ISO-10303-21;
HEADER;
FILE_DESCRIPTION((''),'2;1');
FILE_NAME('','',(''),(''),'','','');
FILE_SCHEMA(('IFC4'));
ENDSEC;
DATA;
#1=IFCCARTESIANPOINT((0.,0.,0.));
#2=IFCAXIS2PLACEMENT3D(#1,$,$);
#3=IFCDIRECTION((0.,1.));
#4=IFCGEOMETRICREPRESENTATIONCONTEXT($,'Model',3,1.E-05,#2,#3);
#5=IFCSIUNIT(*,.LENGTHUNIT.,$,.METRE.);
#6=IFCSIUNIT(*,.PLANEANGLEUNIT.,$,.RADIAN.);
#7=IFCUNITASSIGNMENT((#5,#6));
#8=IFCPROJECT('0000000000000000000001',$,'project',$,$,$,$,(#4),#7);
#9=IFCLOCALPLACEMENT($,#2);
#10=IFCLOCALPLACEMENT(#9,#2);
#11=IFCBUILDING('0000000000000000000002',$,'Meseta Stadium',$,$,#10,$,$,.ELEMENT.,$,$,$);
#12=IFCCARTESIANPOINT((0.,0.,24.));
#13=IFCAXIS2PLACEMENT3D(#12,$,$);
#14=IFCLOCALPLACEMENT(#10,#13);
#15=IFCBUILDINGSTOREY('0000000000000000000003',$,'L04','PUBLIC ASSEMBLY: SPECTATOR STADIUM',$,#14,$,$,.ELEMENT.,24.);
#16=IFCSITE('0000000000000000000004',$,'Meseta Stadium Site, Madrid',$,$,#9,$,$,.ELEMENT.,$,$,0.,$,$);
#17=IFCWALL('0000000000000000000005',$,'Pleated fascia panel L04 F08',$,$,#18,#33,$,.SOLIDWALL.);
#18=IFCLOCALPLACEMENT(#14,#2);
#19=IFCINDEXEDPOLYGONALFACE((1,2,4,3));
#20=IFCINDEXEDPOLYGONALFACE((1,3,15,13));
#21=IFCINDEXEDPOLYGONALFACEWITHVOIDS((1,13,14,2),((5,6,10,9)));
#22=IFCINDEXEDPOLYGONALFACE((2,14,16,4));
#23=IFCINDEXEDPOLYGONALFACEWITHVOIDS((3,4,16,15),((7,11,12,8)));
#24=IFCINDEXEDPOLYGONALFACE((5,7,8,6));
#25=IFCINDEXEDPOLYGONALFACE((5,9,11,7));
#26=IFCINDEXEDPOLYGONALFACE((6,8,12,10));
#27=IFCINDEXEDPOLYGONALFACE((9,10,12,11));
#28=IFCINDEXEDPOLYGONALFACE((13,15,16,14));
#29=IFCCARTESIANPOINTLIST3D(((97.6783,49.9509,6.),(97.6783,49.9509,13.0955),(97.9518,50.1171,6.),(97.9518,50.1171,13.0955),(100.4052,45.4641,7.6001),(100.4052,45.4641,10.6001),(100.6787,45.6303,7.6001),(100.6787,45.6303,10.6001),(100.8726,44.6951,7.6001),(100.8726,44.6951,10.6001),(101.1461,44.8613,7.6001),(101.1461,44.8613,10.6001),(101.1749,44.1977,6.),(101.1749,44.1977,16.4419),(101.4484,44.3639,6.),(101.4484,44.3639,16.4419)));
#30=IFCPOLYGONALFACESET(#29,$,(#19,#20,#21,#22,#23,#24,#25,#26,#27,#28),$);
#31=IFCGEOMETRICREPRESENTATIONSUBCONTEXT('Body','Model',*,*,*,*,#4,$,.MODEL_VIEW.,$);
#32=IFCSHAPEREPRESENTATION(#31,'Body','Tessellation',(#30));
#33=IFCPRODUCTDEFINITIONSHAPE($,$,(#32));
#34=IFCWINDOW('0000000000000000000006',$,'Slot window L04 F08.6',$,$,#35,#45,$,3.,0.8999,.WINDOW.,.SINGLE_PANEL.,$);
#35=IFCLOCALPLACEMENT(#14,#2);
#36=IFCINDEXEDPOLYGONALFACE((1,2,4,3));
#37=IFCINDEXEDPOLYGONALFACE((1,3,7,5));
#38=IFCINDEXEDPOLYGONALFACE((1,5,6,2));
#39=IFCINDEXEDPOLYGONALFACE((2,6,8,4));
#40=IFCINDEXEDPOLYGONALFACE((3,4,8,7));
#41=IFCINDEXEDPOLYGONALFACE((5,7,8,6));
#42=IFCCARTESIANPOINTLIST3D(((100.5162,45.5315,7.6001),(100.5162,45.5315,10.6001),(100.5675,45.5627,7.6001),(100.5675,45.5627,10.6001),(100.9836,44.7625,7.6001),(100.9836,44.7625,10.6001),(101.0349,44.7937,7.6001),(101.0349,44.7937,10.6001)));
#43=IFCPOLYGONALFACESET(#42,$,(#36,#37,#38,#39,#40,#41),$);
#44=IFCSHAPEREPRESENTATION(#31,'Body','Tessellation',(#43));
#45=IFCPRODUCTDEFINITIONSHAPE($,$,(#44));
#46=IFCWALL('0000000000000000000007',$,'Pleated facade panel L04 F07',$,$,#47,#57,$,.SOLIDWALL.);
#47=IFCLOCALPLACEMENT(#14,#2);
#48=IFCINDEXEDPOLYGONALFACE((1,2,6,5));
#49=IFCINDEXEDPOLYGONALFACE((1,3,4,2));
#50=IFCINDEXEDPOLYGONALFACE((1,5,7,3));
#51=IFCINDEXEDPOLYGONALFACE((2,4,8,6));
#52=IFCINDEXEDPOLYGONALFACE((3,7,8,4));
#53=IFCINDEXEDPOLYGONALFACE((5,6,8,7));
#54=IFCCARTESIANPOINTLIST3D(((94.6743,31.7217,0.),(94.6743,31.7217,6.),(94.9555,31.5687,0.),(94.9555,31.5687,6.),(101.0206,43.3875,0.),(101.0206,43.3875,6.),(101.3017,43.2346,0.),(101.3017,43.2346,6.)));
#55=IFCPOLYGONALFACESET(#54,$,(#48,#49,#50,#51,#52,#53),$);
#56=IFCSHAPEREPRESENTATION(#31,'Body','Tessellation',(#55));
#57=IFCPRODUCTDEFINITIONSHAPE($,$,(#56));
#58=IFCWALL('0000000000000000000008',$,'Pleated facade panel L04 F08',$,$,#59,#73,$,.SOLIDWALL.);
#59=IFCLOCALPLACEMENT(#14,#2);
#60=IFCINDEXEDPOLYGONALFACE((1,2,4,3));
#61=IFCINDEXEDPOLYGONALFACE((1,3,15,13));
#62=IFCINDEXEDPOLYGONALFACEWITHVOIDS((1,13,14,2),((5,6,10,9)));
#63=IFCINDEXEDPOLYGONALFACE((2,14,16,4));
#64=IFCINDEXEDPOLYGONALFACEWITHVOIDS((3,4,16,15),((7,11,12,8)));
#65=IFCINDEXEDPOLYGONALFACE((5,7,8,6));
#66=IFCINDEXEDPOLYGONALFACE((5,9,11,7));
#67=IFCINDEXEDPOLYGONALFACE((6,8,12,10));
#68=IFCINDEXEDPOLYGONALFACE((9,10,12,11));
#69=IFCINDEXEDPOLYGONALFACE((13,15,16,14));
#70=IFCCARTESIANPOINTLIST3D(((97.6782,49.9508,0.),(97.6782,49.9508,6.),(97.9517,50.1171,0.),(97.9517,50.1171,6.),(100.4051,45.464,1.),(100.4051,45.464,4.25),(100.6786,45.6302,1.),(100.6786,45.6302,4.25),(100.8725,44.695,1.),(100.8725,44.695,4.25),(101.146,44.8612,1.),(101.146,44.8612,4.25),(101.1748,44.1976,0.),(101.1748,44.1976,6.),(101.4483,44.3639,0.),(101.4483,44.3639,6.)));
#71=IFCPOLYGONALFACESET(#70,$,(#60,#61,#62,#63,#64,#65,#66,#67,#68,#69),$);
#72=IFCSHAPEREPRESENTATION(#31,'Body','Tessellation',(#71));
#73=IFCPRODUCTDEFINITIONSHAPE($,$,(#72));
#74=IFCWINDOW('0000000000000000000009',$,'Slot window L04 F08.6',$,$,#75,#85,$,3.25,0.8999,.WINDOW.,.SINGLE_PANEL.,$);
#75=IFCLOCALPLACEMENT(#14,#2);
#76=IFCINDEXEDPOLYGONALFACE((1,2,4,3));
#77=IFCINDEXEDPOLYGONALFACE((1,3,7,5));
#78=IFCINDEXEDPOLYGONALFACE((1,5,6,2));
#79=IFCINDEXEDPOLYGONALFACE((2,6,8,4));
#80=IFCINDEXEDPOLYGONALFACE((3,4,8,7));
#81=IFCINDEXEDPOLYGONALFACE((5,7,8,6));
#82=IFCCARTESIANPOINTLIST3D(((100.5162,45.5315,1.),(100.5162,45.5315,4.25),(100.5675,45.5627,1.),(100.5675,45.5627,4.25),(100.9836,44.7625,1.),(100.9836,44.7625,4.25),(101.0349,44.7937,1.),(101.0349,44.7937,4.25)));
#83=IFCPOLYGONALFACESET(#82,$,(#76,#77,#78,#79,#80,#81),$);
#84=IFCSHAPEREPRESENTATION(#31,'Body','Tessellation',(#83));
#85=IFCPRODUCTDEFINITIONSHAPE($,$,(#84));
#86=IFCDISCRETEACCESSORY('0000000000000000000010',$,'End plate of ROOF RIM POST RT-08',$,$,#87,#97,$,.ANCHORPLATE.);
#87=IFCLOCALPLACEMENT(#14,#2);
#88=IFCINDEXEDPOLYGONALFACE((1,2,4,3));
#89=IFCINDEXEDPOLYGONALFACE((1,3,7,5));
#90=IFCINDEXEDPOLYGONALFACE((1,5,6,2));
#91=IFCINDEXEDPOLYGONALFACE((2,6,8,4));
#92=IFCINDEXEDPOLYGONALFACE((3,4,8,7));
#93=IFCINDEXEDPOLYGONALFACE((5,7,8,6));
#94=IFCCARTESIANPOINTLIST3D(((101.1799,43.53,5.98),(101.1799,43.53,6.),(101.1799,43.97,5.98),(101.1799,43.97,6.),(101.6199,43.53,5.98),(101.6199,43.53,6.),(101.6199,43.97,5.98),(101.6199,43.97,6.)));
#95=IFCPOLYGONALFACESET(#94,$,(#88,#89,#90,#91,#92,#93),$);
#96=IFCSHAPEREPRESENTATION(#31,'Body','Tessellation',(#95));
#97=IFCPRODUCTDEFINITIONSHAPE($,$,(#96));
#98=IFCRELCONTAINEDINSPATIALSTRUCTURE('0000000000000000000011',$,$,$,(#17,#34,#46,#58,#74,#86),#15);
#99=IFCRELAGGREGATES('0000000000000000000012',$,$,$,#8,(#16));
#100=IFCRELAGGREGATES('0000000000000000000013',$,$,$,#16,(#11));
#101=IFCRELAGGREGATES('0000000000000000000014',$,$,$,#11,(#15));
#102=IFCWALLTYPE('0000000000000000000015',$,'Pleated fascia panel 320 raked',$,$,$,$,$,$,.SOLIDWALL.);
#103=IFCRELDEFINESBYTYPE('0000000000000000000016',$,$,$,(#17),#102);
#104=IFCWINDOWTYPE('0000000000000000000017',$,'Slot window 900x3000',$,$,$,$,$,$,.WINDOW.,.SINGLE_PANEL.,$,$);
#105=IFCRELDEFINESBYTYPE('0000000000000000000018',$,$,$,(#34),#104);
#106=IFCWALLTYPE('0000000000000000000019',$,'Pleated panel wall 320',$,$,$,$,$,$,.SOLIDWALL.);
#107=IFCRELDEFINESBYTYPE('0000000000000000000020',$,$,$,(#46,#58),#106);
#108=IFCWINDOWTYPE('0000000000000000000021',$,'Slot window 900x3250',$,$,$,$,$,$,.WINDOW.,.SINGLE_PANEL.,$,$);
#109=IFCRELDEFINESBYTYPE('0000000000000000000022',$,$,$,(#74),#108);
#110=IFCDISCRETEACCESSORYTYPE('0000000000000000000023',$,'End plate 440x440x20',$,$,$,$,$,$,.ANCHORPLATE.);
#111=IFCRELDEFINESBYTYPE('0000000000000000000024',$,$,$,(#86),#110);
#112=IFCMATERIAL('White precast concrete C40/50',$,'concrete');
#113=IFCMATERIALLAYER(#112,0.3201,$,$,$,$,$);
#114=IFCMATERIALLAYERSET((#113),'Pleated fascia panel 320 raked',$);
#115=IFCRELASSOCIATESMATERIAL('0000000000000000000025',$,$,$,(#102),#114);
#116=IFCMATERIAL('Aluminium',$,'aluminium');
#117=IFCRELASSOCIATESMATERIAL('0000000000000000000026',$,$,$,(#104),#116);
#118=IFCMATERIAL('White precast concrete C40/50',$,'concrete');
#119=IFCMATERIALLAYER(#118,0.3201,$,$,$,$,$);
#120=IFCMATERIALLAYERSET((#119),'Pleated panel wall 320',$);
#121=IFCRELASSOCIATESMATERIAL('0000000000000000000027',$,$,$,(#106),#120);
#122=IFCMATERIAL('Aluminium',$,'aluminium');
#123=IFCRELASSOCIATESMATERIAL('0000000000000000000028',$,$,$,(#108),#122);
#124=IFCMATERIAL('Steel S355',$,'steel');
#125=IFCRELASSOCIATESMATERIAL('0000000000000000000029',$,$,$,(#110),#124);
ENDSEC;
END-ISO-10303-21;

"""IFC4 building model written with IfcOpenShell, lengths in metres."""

from ifc_helpers import new_model, si_unit, direction, frame, frame_2d, origin, origin_2d, place, context, subcontext, project, spatial, polyline, rectangle, outline, extrude, material, layer, layer_set, material_profile, profile_set, type_object, element, fill, save


model = new_model("IFC4")

# Units and contexts
model_context = context("Model", 3, precision=1e-05, world=origin(), true_north=direction((0.0, 1.0)))
body_context = subcontext(model_context, "Body", "Model", "MODEL_VIEW")
ifc_project = project(units=[si_unit("LENGTHUNIT", "METRE"), si_unit("PLANEANGLEUNIT", "RADIAN")], contexts=[model_context])

# Site, building, storey
site_placement = place(None, origin())
site = spatial("IfcSite", under=ifc_project, at=site_placement, Name="Meseta Stadium Site, Madrid", CompositionType="ELEMENT", RefElevation=0.0)
building_placement = place(site_placement, origin())
building = spatial("IfcBuilding", under=site, at=building_placement, Name="Meseta Stadium", CompositionType="ELEMENT")
storey_placement = place(building_placement, frame((0.0, 0.0, 24.0)))
storey = spatial("IfcBuildingStorey", under=building, at=storey_placement, Name="L04", Description="PUBLIC ASSEMBLY: SPECTATOR STADIUM", CompositionType="ELEMENT", Elevation=24.0)

# Shared definitions
ifc_material_1 = material(Name="White precast concrete C40/50", Category="concrete")
ifc_layer_1 = layer(ifc_material_1, 0.3201)
ifc_layer_set_1 = layer_set([ifc_layer_1], Name="Pleated fascia panel 320 raked")
wall_type_1 = type_object("IfcWallType", Name="Pleated fascia panel 320 raked", PredefinedType="SOLIDWALL", material=ifc_layer_set_1)

# Wall, opening, window
wall_1_placement = place(storey_placement, frame((97.8149, 50.0339, 6.0), z_axis=(0.0, 0.0, 1.0), x_axis=(0.519367, -0.854551, 0.0)))
wall_1 = element("IfcWall", 1, at=wall_1_placement, inside=storey, type_object=wall_type_1, Name="Pleated fascia panel L04 F08", PredefinedType="SOLIDWALL", context=body_context, shape_type="SweptSolid", body=[
    extrude(outline(polyline([(0.0, 0.0), (6.7324, 0.0), (6.7324, 10.4419), (0.0, 7.0955), (0.0, 0.0)])), frame((0.0, 0.1602, 0.0), z_axis=(0.0, -1.0, 0.0), x_axis=(1.0, 0.0, 0.0)), (0.0, 0.0, 1.0), 0.3201),
])
opening_1_placement = place(wall_1_placement, frame((5.2505, 0.0, 1.6001)))
opening_1 = element("IfcOpeningElement", 2, at=opening_1_placement, cuts=wall_1, PredefinedType="OPENING", context=body_context, shape_type="SweptSolid", body=[
    extrude(rectangle(XDim=0.8999, YDim=3.0, at=frame_2d((0.45, 1.5))), frame((0.0, 0.1699, 0.0), z_axis=(0.0, -1.0, 0.0), x_axis=(1.0, 0.0, 0.0)), (0.0, 0.0, 1.0), 0.3401),
])
ifc_material_2 = material(Name="Aluminium", Category="aluminium")
window_type_1 = type_object("IfcWindowType", Name="Slot window 900x3000", PartitioningType="SINGLE_PANEL", PredefinedType="WINDOW", material=ifc_material_2)
window_1_placement = place(opening_1_placement, origin())
window_1 = element("IfcWindow", 3, at=window_1_placement, inside=storey, type_object=window_type_1, Name="Slot window L04 F08.6", OverallHeight=3.0, OverallWidth=0.8999, PartitioningType="SINGLE_PANEL", PredefinedType="WINDOW", context=body_context, shape_type="SweptSolid", body=[
    extrude(rectangle(XDim=0.8999, YDim=3.0, at=frame_2d((0.45, 1.5))), frame((0.0, 0.03, 0.0), z_axis=(0.0, -1.0, 0.0), x_axis=(1.0, 0.0, 0.0)), (0.0, 0.0, 1.0), 0.0601),
])
fill(opening_1, window_1)

# Wall
ifc_material_3 = material(Name="White precast concrete C40/50", Category="concrete")
ifc_layer_2 = layer(ifc_material_3, 0.3201)
ifc_layer_set_2 = layer_set([ifc_layer_2], Name="Pleated panel wall 320")
wall_type_2 = type_object("IfcWallType", Name="Pleated panel wall 320", PredefinedType="SOLIDWALL", material=ifc_layer_set_2)
wall_2_placement = place(storey_placement, frame((101.1611, 43.311, 0.0), z_axis=(0.0, 0.0, 1.0), x_axis=(-0.477868, -0.878432, 0.0)))
element("IfcWall", 4, at=wall_2_placement, inside=storey, type_object=wall_type_2, Name="Pleated facade panel L04 F07", PredefinedType="SOLIDWALL", context=body_context, shape_type="SweptSolid", body=[
    extrude(rectangle(XDim=13.2803, YDim=0.3201, at=frame_2d((6.6401, 0.0))), origin(), (0.0, 0.0, 1.0), 6.0),
])

# Wall, opening, window
wall_3_placement = place(storey_placement, frame((97.8149, 50.0339, 0.0), z_axis=(0.0, 0.0, 1.0), x_axis=(0.519367, -0.854551, 0.0)))
wall_3 = element("IfcWall", 5, at=wall_3_placement, inside=storey, type_object=wall_type_2, Name="Pleated facade panel L04 F08", PredefinedType="SOLIDWALL", context=body_context, shape_type="SweptSolid", body=[
    extrude(rectangle(XDim=6.7324, YDim=0.3201, at=frame_2d((3.3662, 0.0))), origin(), (0.0, 0.0, 1.0), 6.0),
])
opening_2_placement = place(wall_3_placement, frame((5.2505, 0.0, 1.0)))
opening_2 = element("IfcOpeningElement", 6, at=opening_2_placement, cuts=wall_3, PredefinedType="OPENING", context=body_context, shape_type="SweptSolid", body=[
    extrude(rectangle(XDim=0.8999, YDim=3.25, at=frame_2d((0.45, 1.625))), frame((0.0, 0.1699, 0.0), z_axis=(0.0, -1.0, 0.0), x_axis=(1.0, 0.0, 0.0)), (0.0, 0.0, 1.0), 0.3401),
])
ifc_material_4 = material(Name="Aluminium", Category="aluminium")
window_type_2 = type_object("IfcWindowType", Name="Slot window 900x3250", PartitioningType="SINGLE_PANEL", PredefinedType="WINDOW", material=ifc_material_4)
window_2_placement = place(opening_2_placement, origin())
window_2 = element("IfcWindow", 7, at=window_2_placement, inside=storey, type_object=window_type_2, Name="Slot window L04 F08.6", OverallHeight=3.25, OverallWidth=0.8999, PartitioningType="SINGLE_PANEL", PredefinedType="WINDOW", context=body_context, shape_type="SweptSolid", body=[
    extrude(rectangle(XDim=0.8999, YDim=3.25, at=frame_2d((0.45, 1.625))), frame((0.0, 0.03, 0.0), z_axis=(0.0, -1.0, 0.0), x_axis=(1.0, 0.0, 0.0)), (0.0, 0.0, 1.0), 0.0601),
])
fill(opening_2, window_2)

# Discrete accessory
ifc_material_5 = material(Name="Steel S355", Category="steel")
ifc_material_profile_1 = material_profile(ifc_material_5, rectangle(XDim=0.4399, YDim=0.4399, at=origin_2d()), Name="PL 440x440")
ifc_profile_set_1 = profile_set([ifc_material_profile_1], Name="Steel S355")
discrete_accessory_type = type_object("IfcDiscreteAccessoryType", Name="End plate 440x440x20", PredefinedType="ANCHORPLATE", material=ifc_profile_set_1)
discrete_accessory_placement = place(storey_placement, frame((101.3999, 43.75, 5.98), z_axis=(0.0, 0.0, 1.0), x_axis=(1.0, 0.0, 0.0)))
element("IfcDiscreteAccessory", 8, at=discrete_accessory_placement, inside=storey, type_object=discrete_accessory_type, Name="End plate of ROOF RIM POST RT-08", PredefinedType="ANCHORPLATE", context=body_context, shape_type="SweptSolid", body=[
    extrude(rectangle(XDim=0.4399, YDim=0.4399, at=origin_2d()), origin(), (0.0, 0.0, 1.0), 0.02),
])

save(model, "model.ifc")
